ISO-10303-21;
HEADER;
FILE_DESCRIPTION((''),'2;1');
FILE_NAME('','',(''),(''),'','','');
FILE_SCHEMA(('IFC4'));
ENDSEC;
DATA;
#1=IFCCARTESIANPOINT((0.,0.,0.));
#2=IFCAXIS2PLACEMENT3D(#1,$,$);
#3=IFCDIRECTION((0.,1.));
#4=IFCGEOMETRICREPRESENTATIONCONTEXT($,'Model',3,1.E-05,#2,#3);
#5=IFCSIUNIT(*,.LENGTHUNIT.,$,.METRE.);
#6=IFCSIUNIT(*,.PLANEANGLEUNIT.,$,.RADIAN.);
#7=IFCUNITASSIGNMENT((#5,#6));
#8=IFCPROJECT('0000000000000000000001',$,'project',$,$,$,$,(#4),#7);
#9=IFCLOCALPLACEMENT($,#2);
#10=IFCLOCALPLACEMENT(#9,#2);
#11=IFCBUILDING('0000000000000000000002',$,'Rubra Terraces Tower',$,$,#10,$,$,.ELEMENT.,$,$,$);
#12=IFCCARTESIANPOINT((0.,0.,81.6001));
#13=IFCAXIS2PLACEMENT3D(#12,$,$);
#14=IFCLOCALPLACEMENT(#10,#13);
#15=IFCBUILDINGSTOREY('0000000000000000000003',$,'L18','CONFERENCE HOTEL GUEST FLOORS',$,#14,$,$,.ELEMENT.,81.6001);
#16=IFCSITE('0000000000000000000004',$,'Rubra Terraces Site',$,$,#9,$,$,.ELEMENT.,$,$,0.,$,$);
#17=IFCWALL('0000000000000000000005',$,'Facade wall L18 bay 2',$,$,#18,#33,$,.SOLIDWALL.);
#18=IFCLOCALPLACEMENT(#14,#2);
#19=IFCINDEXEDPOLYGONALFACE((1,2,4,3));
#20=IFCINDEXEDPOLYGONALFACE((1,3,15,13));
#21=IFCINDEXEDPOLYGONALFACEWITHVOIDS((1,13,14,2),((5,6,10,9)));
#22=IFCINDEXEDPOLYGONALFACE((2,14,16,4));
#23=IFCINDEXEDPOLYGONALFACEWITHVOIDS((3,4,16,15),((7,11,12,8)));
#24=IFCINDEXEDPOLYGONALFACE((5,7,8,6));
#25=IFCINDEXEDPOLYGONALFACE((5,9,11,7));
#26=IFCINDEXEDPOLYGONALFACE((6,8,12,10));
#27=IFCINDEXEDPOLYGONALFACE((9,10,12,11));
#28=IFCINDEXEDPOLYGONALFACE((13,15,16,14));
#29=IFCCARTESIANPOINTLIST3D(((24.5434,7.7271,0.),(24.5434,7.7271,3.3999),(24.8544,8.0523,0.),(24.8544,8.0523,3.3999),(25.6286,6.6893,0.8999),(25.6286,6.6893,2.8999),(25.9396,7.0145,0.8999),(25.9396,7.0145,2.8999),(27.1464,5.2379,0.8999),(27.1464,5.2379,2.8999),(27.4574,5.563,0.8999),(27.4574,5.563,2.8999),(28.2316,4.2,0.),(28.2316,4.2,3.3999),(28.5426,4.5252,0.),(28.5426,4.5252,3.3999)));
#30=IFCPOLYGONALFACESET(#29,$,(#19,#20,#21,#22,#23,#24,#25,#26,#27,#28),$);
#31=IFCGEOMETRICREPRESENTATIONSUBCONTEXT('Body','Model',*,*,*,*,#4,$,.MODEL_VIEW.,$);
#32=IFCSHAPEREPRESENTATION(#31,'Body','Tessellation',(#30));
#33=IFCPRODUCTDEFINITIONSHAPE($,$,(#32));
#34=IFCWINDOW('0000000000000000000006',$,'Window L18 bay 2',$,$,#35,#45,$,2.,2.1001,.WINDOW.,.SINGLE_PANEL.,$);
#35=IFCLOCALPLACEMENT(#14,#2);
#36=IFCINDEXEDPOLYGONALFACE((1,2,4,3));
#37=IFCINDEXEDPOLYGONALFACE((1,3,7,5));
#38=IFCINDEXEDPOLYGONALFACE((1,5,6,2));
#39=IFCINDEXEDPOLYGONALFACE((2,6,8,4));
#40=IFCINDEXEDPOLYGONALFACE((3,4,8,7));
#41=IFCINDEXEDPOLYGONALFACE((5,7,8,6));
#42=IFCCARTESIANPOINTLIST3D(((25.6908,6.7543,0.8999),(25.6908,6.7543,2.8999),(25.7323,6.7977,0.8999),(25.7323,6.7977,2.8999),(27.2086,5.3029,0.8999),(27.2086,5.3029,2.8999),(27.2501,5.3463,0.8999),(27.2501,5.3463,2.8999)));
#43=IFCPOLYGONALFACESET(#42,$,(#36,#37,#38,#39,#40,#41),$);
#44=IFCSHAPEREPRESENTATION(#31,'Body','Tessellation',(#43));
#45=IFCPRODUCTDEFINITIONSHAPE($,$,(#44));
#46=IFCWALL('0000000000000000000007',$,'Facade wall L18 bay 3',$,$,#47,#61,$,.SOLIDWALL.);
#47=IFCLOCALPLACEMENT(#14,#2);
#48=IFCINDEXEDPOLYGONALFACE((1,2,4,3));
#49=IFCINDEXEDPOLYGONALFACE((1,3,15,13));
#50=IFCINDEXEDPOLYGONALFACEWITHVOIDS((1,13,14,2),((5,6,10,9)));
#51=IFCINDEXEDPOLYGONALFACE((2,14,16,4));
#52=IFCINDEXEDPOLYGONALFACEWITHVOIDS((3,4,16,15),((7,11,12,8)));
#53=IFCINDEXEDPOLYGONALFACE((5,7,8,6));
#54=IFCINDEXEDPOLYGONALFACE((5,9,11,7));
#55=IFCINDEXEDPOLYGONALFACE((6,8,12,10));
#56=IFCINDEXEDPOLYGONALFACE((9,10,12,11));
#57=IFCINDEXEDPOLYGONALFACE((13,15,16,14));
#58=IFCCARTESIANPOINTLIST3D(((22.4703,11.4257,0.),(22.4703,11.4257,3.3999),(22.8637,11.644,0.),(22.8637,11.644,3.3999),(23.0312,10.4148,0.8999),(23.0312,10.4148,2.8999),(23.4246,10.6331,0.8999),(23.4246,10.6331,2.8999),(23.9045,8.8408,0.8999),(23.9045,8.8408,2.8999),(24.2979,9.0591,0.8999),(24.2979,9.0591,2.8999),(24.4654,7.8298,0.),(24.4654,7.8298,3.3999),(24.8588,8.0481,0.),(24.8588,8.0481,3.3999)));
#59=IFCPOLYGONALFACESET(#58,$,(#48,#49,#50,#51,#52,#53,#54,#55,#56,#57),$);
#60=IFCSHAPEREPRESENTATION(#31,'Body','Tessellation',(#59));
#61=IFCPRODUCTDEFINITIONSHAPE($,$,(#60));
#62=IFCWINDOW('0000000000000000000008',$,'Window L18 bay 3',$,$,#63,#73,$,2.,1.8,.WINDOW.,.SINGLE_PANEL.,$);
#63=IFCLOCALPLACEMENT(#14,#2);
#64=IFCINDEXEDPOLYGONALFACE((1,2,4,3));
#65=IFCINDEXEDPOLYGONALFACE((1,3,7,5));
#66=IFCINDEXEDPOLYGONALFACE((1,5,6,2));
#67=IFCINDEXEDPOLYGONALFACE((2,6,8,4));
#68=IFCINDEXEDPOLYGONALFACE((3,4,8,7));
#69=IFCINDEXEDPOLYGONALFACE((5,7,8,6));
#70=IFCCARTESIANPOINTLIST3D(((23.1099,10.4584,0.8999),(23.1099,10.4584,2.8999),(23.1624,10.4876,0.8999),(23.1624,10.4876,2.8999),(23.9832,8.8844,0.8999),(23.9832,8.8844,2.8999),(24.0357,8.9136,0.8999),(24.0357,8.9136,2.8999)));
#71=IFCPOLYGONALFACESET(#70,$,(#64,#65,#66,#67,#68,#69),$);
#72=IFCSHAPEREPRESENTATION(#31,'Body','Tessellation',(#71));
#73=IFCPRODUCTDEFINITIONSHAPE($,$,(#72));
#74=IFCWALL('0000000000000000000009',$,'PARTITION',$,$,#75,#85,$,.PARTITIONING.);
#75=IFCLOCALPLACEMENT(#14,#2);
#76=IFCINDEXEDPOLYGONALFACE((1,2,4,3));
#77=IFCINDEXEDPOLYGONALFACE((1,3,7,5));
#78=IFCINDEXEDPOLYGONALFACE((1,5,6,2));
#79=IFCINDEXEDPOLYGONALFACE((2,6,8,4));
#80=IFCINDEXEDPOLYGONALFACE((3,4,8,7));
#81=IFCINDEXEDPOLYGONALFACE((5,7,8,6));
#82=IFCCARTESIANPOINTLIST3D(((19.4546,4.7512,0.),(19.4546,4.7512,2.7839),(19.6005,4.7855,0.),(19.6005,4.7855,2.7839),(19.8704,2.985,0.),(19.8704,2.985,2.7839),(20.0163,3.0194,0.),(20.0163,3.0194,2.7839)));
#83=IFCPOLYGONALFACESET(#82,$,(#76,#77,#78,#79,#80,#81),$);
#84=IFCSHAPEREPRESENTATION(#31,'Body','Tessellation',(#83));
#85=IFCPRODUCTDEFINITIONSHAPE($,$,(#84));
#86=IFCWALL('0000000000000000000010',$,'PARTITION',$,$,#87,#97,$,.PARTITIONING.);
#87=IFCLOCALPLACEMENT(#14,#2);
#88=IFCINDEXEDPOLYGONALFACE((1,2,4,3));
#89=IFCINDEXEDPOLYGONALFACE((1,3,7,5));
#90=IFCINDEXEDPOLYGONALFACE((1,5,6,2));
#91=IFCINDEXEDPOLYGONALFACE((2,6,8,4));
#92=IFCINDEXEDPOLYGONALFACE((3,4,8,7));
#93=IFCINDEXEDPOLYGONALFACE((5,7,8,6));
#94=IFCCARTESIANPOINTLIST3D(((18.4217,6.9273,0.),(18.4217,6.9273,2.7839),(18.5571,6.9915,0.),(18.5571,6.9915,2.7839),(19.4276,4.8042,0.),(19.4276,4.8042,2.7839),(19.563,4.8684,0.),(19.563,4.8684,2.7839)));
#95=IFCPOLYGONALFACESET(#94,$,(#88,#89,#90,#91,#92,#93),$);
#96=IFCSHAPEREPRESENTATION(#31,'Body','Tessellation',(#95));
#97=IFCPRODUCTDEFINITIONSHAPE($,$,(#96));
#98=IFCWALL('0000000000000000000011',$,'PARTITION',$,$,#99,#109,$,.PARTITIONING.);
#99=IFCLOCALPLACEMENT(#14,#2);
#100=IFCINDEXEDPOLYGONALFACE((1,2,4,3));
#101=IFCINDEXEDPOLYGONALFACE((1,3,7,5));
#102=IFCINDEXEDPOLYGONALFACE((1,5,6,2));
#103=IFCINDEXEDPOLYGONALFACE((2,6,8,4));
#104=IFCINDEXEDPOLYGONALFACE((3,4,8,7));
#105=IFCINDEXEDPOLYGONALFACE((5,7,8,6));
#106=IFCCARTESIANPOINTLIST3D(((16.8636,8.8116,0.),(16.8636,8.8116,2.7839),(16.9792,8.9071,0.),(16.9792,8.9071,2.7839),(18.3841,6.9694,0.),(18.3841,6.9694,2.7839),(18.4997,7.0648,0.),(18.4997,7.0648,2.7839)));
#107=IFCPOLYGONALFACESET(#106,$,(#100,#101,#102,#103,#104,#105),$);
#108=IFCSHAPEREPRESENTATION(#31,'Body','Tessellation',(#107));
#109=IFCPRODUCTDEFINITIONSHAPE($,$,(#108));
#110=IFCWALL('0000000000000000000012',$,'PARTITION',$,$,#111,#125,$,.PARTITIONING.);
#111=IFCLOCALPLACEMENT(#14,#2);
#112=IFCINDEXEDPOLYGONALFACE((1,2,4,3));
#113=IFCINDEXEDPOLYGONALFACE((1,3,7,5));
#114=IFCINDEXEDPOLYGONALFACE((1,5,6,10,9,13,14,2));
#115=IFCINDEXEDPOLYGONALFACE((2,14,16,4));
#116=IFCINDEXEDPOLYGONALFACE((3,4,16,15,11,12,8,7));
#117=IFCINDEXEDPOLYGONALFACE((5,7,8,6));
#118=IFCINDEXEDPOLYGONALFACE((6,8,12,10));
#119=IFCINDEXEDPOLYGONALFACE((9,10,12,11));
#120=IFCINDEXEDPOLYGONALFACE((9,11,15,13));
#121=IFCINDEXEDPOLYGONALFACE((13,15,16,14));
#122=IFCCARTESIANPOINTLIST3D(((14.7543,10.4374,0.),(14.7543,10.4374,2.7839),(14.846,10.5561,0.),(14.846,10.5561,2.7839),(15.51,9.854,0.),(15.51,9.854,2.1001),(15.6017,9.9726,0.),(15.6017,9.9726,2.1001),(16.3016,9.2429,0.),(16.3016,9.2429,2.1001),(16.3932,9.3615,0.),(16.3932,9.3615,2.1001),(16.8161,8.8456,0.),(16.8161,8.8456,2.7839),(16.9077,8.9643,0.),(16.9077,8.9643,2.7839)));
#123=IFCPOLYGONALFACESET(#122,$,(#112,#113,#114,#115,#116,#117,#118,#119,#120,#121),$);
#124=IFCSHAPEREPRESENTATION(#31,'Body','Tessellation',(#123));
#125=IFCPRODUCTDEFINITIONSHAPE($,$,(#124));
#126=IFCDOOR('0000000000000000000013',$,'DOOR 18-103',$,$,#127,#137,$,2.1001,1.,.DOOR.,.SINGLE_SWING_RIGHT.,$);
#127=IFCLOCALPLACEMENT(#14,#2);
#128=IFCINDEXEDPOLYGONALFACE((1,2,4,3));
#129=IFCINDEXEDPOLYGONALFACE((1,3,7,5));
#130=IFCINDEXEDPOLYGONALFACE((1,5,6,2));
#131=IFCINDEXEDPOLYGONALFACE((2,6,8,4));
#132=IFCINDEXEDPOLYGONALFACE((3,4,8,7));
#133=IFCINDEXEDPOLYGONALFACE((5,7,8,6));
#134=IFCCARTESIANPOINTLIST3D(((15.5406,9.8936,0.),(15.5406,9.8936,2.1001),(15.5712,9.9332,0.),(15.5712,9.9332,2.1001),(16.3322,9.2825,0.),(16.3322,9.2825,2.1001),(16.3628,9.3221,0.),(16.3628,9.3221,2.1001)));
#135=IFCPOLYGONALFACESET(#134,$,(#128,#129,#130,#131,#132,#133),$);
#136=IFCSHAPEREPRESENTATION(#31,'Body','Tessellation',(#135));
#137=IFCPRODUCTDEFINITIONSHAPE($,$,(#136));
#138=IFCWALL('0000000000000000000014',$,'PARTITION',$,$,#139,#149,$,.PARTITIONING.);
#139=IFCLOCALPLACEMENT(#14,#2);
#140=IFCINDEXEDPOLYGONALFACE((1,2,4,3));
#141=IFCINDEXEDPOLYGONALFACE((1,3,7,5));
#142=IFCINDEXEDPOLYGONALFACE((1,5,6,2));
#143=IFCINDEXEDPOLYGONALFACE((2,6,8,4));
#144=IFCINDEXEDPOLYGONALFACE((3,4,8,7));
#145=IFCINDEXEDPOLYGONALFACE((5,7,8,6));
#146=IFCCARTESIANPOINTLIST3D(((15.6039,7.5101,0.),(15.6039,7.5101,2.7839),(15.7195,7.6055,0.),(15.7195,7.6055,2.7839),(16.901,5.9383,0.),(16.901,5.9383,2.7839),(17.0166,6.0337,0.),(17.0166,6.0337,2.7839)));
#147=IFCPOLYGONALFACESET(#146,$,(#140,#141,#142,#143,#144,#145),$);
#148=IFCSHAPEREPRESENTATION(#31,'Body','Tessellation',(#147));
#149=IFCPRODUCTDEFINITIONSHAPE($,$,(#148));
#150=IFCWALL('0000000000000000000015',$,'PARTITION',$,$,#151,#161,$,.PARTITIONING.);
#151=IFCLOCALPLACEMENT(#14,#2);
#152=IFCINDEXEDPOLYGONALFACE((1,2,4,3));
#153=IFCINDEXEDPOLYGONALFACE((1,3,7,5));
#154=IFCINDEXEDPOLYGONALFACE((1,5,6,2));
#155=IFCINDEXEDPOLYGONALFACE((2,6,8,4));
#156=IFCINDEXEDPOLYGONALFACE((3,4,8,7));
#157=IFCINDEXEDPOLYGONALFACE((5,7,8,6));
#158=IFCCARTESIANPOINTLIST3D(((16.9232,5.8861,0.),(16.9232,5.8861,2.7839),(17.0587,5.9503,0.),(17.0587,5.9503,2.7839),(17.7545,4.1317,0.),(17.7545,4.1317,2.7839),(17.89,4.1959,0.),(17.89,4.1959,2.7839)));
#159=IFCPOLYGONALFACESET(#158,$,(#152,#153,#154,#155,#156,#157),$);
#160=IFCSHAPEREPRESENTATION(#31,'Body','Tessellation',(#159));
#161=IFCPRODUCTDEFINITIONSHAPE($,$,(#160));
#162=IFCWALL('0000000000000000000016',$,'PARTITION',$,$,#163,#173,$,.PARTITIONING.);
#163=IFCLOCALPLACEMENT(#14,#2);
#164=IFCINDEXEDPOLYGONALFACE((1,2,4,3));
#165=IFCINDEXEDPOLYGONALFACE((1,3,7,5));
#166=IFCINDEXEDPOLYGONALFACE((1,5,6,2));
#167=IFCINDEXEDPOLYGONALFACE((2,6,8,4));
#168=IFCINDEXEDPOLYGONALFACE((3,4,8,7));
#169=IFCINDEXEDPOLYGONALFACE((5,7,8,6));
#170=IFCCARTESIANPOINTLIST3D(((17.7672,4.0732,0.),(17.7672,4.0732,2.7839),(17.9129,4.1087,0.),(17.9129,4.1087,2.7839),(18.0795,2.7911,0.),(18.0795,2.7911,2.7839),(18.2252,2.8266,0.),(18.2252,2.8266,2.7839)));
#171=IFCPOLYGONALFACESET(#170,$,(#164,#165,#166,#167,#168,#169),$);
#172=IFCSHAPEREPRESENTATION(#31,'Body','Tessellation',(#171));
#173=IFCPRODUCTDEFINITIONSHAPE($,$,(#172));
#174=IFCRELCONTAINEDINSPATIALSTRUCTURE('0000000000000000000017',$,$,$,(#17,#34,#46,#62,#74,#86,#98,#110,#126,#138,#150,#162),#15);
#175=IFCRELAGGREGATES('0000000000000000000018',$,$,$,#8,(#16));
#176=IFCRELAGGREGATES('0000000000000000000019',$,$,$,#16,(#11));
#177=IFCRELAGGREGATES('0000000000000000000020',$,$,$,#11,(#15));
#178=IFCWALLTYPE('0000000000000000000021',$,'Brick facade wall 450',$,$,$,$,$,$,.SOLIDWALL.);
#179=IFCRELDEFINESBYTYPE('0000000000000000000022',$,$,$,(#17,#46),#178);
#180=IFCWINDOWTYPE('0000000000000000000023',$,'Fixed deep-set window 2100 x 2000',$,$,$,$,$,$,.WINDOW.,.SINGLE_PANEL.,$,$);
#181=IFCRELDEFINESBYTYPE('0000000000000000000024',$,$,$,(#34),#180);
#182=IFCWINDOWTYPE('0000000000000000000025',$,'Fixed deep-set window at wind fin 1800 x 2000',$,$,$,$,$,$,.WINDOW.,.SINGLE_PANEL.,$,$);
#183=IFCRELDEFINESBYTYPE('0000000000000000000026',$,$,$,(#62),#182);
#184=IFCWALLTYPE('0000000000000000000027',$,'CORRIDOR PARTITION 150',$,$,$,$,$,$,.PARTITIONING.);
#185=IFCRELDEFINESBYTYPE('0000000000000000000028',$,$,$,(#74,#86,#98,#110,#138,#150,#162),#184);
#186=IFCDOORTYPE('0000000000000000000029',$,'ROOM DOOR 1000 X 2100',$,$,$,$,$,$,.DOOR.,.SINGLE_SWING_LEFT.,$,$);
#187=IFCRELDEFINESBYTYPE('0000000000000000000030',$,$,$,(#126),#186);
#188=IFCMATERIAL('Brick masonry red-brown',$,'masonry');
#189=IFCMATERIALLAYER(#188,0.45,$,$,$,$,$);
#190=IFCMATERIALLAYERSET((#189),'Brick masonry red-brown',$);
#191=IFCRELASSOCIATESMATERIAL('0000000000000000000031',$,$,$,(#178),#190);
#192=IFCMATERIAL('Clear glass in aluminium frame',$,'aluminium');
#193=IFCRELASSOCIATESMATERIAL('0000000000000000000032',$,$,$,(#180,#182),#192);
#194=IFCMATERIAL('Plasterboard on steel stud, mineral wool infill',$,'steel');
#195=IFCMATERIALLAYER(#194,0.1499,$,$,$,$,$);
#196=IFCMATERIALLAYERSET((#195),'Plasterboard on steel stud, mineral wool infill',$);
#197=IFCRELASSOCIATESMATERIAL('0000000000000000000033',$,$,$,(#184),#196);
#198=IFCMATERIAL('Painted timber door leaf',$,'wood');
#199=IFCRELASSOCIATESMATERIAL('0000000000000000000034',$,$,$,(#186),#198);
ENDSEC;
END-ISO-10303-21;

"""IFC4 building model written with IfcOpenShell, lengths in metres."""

from ifc_helpers import new_model, si_unit, direction, frame, frame_2d, origin, place, context, subcontext, project, spatial, rectangle, extrude, material, layer, layer_set, type_object, element, fill, save


model = new_model("IFC4")

# Units and contexts
model_context = context("Model", 3, precision=1e-05, world=origin(), true_north=direction((0.0, 1.0)))
body_context = subcontext(model_context, "Body", "Model", "MODEL_VIEW")
ifc_project = project(units=[si_unit("LENGTHUNIT", "METRE"), si_unit("PLANEANGLEUNIT", "RADIAN")], contexts=[model_context])

# Site, building, storey
site_placement = place(None, origin())
site = spatial("IfcSite", under=ifc_project, at=site_placement, Name="Rubra Terraces Site", CompositionType="ELEMENT", RefElevation=0.0)
building_placement = place(site_placement, origin())
building = spatial("IfcBuilding", under=site, at=building_placement, Name="Rubra Terraces Tower", CompositionType="ELEMENT")
storey_placement = place(building_placement, frame((0.0, 0.0, 81.6001)))
storey = spatial("IfcBuildingStorey", under=building, at=storey_placement, Name="L18", Description="CONFERENCE HOTEL GUEST FLOORS", CompositionType="ELEMENT", Elevation=81.6001)

# Walls, openings, windows
ifc_material_1 = material(Name="Brick masonry red-brown", Category="masonry")
ifc_layer_1 = layer(ifc_material_1, 0.45)
ifc_layer_set_1 = layer_set([ifc_layer_1], Name="Brick masonry red-brown")
wall_type_1 = type_object("IfcWallType", Name="Brick facade wall 450", PredefinedType="SOLIDWALL", material=ifc_layer_set_1)
wall_1_placement = place(storey_placement, frame((28.3872, 4.3625, 0.0), z_axis=(0.0, 0.0, 1.0), x_axis=(-0.722718, 0.691143, 0.0)))
wall_1 = element("IfcWall", 1, at=wall_1_placement, inside=storey, type_object=wall_type_1, Name="Facade wall L18 bay 2", PredefinedType="SOLIDWALL", context=body_context, shape_type="SweptSolid", body=[
    extrude(rectangle(XDim=5.1033, YDim=0.45, at=frame_2d((2.5518, 0.0))), origin(), (0.0, 0.0, 1.0), 3.3999),
])
opening_1_placement = place(wall_1_placement, frame((1.5017, 0.0, 0.8999)))
opening_1 = element("IfcOpeningElement", 2, at=opening_1_placement, cuts=wall_1, PredefinedType="OPENING", context=body_context, shape_type="SweptSolid", body=[
    extrude(rectangle(XDim=2.1001, YDim=2.0, at=frame_2d((1.05, 1.0))), frame((0.0, 0.2349, 0.0), z_axis=(0.0, -1.0, 0.0), x_axis=(1.0, 0.0, 0.0)), (0.0, 0.0, 1.0), 0.47),
])
ifc_material_2 = material(Name="Clear glass in aluminium frame", Category="aluminium")
window_type_1 = type_object("IfcWindowType", Name="Fixed deep-set window 2100 x 2000", PartitioningType="SINGLE_PANEL", PredefinedType="WINDOW", material=ifc_material_2)
window_1_placement = place(opening_1_placement, origin())
window_1 = element("IfcWindow", 3, at=window_1_placement, inside=storey, type_object=window_type_1, Name="Window L18 bay 2", OverallHeight=2.0, OverallWidth=2.1001, PartitioningType="SINGLE_PANEL", PredefinedType="WINDOW", context=body_context, shape_type="SweptSolid", body=[
    extrude(rectangle(XDim=2.1001, YDim=2.0, at=frame_2d((1.05, 1.0))), frame((0.0, 0.135, 0.0), z_axis=(0.0, -1.0, 0.0), x_axis=(1.0, 0.0, 0.0)), (0.0, 0.0, 1.0), 0.0601),
])
fill(opening_1, window_1)
wall_2_placement = place(storey_placement, frame((24.6621, 7.939, 0.0), z_axis=(0.0, 0.0, 1.0), x_axis=(-0.485154, 0.874429, 0.0)))
wall_2 = element("IfcWall", 4, at=wall_2_placement, inside=storey, type_object=wall_type_1, Name="Facade wall L18 bay 3", PredefinedType="SOLIDWALL", context=body_context, shape_type="SweptSolid", body=[
    extrude(rectangle(XDim=4.1123, YDim=0.45, at=frame_2d((2.0562, 0.0))), origin(), (0.0, 0.0, 1.0), 3.3999),
])
opening_2_placement = place(wall_2_placement, frame((1.1562, 0.0, 0.8999)))
opening_2 = element("IfcOpeningElement", 5, at=opening_2_placement, cuts=wall_2, PredefinedType="OPENING", context=body_context, shape_type="SweptSolid", body=[
    extrude(rectangle(XDim=1.8, YDim=2.0, at=frame_2d((0.8999, 1.0))), frame((0.0, 0.2349, 0.0), z_axis=(0.0, -1.0, 0.0), x_axis=(1.0, 0.0, 0.0)), (0.0, 0.0, 1.0), 0.47),
])
window_type_2 = type_object("IfcWindowType", Name="Fixed deep-set window at wind fin 1800 x 2000", PartitioningType="SINGLE_PANEL", PredefinedType="WINDOW", material=ifc_material_2)
window_2_placement = place(opening_2_placement, origin())
window_2 = element("IfcWindow", 6, at=window_2_placement, inside=storey, type_object=window_type_2, Name="Window L18 bay 3", OverallHeight=2.0, OverallWidth=1.8, PartitioningType="SINGLE_PANEL", PredefinedType="WINDOW", context=body_context, shape_type="SweptSolid", body=[
    extrude(rectangle(XDim=1.8, YDim=2.0, at=frame_2d((0.8999, 1.0))), frame((0.0, 0.135, 0.0), z_axis=(0.0, -1.0, 0.0), x_axis=(1.0, 0.0, 0.0)), (0.0, 0.0, 1.0), 0.0601),
])
fill(opening_2, window_2)

# Walls
ifc_material_3 = material(Name="Plasterboard on steel stud, mineral wool infill", Category="steel")
ifc_layer_2 = layer(ifc_material_3, 0.1499)
ifc_layer_set_2 = layer_set([ifc_layer_2], Name="Plasterboard on steel stud, mineral wool infill")
wall_type_2 = type_object("IfcWallType", Name="CORRIDOR PARTITION 150", PredefinedType="PARTITIONING", material=ifc_layer_set_2)
wall_3_placement = place(storey_placement, frame((19.9434, 3.0022, 0.0), z_axis=(0.0, 0.0, 1.0), x_axis=(-0.229152, 0.973391, 0.0)))
element("IfcWall", 7, at=wall_3_placement, inside=storey, type_object=wall_type_2, Name="PARTITION", PredefinedType="PARTITIONING", context=body_context, shape_type="SweptSolid", body=[
    extrude(rectangle(XDim=1.8145, YDim=0.1499, at=frame_2d((0.9072, 0.0))), origin(), (0.0, 0.0, 1.0), 2.7839),
])
wall_4_placement = place(storey_placement, frame((19.4954, 4.8362, 0.0), z_axis=(0.0, 0.0, 1.0), x_axis=(-0.428158, 0.903704, 0.0)))
element("IfcWall", 8, at=wall_4_placement, inside=storey, type_object=wall_type_2, Name="PARTITION", PredefinedType="PARTITIONING", context=body_context, shape_type="SweptSolid", body=[
    extrude(rectangle(XDim=2.3494, YDim=0.1499, at=frame_2d((1.1748, 0.0))), origin(), (0.0, 0.0, 1.0), 2.7839),
])
wall_5_placement = place(storey_placement, frame((18.4419, 7.0171, 0.0), z_axis=(0.0, 0.0, 1.0), x_axis=(-0.636538, 0.771245, 0.0)))
element("IfcWall", 9, at=wall_5_placement, inside=storey, type_object=wall_type_2, Name="PARTITION", PredefinedType="PARTITIONING", context=body_context, shape_type="SweptSolid", body=[
    extrude(rectangle(XDim=2.3887, YDim=0.1499, at=frame_2d((1.1943, 0.0))), origin(), (0.0, 0.0, 1.0), 2.7839),
])

# Wall, opening, door
wall_6_placement = place(storey_placement, frame((16.8618, 8.905, 0.0), z_axis=(0.0, 0.0, 1.0), x_axis=(-0.791543, 0.611114, 0.0)))
wall_6 = element("IfcWall", 10, at=wall_6_placement, inside=storey, type_object=wall_type_2, Name="PARTITION", PredefinedType="PARTITIONING", context=body_context, shape_type="SweptSolid", body=[
    extrude(rectangle(XDim=2.6047, YDim=0.1499, at=frame_2d((1.3022, 0.0))), origin(), (0.0, 0.0, 1.0), 2.7839),
])
opening_3_placement = place(wall_6_placement, frame((0.6499, 0.0, 0.0)))
opening_3 = element("IfcOpeningElement", 11, at=opening_3_placement, cuts=wall_6, PredefinedType="OPENING", context=body_context, shape_type="SweptSolid", body=[
    extrude(rectangle(XDim=1.0, YDim=2.1001, at=frame_2d((0.5, 1.05))), frame((0.0, 0.085, 0.0), z_axis=(0.0, -1.0, 0.0), x_axis=(1.0, 0.0, 0.0)), (0.0, 0.0, 1.0), 0.1699),
])
ifc_material_4 = material(Name="Painted timber door leaf", Category="wood")
door_type_1 = type_object("IfcDoorType", Name="ROOM DOOR 1000 X 2100", OperationType="SINGLE_SWING_LEFT", PredefinedType="DOOR", material=ifc_material_4)
door_1_placement = place(opening_3_placement, origin())
door_1 = element("IfcDoor", 12, at=door_1_placement, inside=storey, type_object=door_type_1, Name="DOOR 18-103", OperationType="SINGLE_SWING_RIGHT", OverallHeight=2.1001, OverallWidth=1.0, PredefinedType="DOOR", context=body_context, shape_type="SweptSolid", body=[
    extrude(rectangle(XDim=1.0, YDim=2.1001, at=frame_2d((0.5, 1.05))), frame((0.0, 0.0249, 0.0), z_axis=(0.0, -1.0, 0.0), x_axis=(1.0, 0.0, 0.0)), (0.0, 0.0, 1.0), 0.05),
])
fill(opening_3, door_1)

# Walls
wall_7_placement = place(storey_placement, frame((15.6616, 7.5579, 0.0), z_axis=(0.0, 0.0, 1.0), x_axis=(0.636501, -0.771276, 0.0)))
element("IfcWall", 13, at=wall_7_placement, inside=storey, type_object=wall_type_2, Name="PARTITION", PredefinedType="PARTITIONING", context=body_context, shape_type="SweptSolid", body=[
    extrude(rectangle(XDim=2.0378, YDim=0.1499, at=frame_2d((1.019, 0.0))), origin(), (0.0, 0.0, 1.0), 2.7839),
])
wall_8_placement = place(storey_placement, frame((16.991, 5.9182, 0.0), z_axis=(0.0, 0.0, 1.0), x_axis=(0.4282, -0.903684, 0.0)))
element("IfcWall", 14, at=wall_8_placement, inside=storey, type_object=wall_type_2, Name="PARTITION", PredefinedType="PARTITIONING", context=body_context, shape_type="SweptSolid", body=[
    extrude(rectangle(XDim=1.9414, YDim=0.1499, at=frame_2d((0.9707, 0.0))), origin(), (0.0, 0.0, 1.0), 2.7839),
])
wall_9_placement = place(storey_placement, frame((17.8401, 4.0908, 0.0), z_axis=(0.0, 0.0, 1.0), x_axis=(0.236654, -0.971594, 0.0)))
element("IfcWall", 15, at=wall_9_placement, inside=storey, type_object=wall_type_2, Name="PARTITION", PredefinedType="PARTITIONING", context=body_context, shape_type="SweptSolid", body=[
    extrude(rectangle(XDim=1.3196, YDim=0.1499, at=frame_2d((0.6597, 0.0))), origin(), (0.0, 0.0, 1.0), 2.7839),
])

save(model, "model.ifc")
